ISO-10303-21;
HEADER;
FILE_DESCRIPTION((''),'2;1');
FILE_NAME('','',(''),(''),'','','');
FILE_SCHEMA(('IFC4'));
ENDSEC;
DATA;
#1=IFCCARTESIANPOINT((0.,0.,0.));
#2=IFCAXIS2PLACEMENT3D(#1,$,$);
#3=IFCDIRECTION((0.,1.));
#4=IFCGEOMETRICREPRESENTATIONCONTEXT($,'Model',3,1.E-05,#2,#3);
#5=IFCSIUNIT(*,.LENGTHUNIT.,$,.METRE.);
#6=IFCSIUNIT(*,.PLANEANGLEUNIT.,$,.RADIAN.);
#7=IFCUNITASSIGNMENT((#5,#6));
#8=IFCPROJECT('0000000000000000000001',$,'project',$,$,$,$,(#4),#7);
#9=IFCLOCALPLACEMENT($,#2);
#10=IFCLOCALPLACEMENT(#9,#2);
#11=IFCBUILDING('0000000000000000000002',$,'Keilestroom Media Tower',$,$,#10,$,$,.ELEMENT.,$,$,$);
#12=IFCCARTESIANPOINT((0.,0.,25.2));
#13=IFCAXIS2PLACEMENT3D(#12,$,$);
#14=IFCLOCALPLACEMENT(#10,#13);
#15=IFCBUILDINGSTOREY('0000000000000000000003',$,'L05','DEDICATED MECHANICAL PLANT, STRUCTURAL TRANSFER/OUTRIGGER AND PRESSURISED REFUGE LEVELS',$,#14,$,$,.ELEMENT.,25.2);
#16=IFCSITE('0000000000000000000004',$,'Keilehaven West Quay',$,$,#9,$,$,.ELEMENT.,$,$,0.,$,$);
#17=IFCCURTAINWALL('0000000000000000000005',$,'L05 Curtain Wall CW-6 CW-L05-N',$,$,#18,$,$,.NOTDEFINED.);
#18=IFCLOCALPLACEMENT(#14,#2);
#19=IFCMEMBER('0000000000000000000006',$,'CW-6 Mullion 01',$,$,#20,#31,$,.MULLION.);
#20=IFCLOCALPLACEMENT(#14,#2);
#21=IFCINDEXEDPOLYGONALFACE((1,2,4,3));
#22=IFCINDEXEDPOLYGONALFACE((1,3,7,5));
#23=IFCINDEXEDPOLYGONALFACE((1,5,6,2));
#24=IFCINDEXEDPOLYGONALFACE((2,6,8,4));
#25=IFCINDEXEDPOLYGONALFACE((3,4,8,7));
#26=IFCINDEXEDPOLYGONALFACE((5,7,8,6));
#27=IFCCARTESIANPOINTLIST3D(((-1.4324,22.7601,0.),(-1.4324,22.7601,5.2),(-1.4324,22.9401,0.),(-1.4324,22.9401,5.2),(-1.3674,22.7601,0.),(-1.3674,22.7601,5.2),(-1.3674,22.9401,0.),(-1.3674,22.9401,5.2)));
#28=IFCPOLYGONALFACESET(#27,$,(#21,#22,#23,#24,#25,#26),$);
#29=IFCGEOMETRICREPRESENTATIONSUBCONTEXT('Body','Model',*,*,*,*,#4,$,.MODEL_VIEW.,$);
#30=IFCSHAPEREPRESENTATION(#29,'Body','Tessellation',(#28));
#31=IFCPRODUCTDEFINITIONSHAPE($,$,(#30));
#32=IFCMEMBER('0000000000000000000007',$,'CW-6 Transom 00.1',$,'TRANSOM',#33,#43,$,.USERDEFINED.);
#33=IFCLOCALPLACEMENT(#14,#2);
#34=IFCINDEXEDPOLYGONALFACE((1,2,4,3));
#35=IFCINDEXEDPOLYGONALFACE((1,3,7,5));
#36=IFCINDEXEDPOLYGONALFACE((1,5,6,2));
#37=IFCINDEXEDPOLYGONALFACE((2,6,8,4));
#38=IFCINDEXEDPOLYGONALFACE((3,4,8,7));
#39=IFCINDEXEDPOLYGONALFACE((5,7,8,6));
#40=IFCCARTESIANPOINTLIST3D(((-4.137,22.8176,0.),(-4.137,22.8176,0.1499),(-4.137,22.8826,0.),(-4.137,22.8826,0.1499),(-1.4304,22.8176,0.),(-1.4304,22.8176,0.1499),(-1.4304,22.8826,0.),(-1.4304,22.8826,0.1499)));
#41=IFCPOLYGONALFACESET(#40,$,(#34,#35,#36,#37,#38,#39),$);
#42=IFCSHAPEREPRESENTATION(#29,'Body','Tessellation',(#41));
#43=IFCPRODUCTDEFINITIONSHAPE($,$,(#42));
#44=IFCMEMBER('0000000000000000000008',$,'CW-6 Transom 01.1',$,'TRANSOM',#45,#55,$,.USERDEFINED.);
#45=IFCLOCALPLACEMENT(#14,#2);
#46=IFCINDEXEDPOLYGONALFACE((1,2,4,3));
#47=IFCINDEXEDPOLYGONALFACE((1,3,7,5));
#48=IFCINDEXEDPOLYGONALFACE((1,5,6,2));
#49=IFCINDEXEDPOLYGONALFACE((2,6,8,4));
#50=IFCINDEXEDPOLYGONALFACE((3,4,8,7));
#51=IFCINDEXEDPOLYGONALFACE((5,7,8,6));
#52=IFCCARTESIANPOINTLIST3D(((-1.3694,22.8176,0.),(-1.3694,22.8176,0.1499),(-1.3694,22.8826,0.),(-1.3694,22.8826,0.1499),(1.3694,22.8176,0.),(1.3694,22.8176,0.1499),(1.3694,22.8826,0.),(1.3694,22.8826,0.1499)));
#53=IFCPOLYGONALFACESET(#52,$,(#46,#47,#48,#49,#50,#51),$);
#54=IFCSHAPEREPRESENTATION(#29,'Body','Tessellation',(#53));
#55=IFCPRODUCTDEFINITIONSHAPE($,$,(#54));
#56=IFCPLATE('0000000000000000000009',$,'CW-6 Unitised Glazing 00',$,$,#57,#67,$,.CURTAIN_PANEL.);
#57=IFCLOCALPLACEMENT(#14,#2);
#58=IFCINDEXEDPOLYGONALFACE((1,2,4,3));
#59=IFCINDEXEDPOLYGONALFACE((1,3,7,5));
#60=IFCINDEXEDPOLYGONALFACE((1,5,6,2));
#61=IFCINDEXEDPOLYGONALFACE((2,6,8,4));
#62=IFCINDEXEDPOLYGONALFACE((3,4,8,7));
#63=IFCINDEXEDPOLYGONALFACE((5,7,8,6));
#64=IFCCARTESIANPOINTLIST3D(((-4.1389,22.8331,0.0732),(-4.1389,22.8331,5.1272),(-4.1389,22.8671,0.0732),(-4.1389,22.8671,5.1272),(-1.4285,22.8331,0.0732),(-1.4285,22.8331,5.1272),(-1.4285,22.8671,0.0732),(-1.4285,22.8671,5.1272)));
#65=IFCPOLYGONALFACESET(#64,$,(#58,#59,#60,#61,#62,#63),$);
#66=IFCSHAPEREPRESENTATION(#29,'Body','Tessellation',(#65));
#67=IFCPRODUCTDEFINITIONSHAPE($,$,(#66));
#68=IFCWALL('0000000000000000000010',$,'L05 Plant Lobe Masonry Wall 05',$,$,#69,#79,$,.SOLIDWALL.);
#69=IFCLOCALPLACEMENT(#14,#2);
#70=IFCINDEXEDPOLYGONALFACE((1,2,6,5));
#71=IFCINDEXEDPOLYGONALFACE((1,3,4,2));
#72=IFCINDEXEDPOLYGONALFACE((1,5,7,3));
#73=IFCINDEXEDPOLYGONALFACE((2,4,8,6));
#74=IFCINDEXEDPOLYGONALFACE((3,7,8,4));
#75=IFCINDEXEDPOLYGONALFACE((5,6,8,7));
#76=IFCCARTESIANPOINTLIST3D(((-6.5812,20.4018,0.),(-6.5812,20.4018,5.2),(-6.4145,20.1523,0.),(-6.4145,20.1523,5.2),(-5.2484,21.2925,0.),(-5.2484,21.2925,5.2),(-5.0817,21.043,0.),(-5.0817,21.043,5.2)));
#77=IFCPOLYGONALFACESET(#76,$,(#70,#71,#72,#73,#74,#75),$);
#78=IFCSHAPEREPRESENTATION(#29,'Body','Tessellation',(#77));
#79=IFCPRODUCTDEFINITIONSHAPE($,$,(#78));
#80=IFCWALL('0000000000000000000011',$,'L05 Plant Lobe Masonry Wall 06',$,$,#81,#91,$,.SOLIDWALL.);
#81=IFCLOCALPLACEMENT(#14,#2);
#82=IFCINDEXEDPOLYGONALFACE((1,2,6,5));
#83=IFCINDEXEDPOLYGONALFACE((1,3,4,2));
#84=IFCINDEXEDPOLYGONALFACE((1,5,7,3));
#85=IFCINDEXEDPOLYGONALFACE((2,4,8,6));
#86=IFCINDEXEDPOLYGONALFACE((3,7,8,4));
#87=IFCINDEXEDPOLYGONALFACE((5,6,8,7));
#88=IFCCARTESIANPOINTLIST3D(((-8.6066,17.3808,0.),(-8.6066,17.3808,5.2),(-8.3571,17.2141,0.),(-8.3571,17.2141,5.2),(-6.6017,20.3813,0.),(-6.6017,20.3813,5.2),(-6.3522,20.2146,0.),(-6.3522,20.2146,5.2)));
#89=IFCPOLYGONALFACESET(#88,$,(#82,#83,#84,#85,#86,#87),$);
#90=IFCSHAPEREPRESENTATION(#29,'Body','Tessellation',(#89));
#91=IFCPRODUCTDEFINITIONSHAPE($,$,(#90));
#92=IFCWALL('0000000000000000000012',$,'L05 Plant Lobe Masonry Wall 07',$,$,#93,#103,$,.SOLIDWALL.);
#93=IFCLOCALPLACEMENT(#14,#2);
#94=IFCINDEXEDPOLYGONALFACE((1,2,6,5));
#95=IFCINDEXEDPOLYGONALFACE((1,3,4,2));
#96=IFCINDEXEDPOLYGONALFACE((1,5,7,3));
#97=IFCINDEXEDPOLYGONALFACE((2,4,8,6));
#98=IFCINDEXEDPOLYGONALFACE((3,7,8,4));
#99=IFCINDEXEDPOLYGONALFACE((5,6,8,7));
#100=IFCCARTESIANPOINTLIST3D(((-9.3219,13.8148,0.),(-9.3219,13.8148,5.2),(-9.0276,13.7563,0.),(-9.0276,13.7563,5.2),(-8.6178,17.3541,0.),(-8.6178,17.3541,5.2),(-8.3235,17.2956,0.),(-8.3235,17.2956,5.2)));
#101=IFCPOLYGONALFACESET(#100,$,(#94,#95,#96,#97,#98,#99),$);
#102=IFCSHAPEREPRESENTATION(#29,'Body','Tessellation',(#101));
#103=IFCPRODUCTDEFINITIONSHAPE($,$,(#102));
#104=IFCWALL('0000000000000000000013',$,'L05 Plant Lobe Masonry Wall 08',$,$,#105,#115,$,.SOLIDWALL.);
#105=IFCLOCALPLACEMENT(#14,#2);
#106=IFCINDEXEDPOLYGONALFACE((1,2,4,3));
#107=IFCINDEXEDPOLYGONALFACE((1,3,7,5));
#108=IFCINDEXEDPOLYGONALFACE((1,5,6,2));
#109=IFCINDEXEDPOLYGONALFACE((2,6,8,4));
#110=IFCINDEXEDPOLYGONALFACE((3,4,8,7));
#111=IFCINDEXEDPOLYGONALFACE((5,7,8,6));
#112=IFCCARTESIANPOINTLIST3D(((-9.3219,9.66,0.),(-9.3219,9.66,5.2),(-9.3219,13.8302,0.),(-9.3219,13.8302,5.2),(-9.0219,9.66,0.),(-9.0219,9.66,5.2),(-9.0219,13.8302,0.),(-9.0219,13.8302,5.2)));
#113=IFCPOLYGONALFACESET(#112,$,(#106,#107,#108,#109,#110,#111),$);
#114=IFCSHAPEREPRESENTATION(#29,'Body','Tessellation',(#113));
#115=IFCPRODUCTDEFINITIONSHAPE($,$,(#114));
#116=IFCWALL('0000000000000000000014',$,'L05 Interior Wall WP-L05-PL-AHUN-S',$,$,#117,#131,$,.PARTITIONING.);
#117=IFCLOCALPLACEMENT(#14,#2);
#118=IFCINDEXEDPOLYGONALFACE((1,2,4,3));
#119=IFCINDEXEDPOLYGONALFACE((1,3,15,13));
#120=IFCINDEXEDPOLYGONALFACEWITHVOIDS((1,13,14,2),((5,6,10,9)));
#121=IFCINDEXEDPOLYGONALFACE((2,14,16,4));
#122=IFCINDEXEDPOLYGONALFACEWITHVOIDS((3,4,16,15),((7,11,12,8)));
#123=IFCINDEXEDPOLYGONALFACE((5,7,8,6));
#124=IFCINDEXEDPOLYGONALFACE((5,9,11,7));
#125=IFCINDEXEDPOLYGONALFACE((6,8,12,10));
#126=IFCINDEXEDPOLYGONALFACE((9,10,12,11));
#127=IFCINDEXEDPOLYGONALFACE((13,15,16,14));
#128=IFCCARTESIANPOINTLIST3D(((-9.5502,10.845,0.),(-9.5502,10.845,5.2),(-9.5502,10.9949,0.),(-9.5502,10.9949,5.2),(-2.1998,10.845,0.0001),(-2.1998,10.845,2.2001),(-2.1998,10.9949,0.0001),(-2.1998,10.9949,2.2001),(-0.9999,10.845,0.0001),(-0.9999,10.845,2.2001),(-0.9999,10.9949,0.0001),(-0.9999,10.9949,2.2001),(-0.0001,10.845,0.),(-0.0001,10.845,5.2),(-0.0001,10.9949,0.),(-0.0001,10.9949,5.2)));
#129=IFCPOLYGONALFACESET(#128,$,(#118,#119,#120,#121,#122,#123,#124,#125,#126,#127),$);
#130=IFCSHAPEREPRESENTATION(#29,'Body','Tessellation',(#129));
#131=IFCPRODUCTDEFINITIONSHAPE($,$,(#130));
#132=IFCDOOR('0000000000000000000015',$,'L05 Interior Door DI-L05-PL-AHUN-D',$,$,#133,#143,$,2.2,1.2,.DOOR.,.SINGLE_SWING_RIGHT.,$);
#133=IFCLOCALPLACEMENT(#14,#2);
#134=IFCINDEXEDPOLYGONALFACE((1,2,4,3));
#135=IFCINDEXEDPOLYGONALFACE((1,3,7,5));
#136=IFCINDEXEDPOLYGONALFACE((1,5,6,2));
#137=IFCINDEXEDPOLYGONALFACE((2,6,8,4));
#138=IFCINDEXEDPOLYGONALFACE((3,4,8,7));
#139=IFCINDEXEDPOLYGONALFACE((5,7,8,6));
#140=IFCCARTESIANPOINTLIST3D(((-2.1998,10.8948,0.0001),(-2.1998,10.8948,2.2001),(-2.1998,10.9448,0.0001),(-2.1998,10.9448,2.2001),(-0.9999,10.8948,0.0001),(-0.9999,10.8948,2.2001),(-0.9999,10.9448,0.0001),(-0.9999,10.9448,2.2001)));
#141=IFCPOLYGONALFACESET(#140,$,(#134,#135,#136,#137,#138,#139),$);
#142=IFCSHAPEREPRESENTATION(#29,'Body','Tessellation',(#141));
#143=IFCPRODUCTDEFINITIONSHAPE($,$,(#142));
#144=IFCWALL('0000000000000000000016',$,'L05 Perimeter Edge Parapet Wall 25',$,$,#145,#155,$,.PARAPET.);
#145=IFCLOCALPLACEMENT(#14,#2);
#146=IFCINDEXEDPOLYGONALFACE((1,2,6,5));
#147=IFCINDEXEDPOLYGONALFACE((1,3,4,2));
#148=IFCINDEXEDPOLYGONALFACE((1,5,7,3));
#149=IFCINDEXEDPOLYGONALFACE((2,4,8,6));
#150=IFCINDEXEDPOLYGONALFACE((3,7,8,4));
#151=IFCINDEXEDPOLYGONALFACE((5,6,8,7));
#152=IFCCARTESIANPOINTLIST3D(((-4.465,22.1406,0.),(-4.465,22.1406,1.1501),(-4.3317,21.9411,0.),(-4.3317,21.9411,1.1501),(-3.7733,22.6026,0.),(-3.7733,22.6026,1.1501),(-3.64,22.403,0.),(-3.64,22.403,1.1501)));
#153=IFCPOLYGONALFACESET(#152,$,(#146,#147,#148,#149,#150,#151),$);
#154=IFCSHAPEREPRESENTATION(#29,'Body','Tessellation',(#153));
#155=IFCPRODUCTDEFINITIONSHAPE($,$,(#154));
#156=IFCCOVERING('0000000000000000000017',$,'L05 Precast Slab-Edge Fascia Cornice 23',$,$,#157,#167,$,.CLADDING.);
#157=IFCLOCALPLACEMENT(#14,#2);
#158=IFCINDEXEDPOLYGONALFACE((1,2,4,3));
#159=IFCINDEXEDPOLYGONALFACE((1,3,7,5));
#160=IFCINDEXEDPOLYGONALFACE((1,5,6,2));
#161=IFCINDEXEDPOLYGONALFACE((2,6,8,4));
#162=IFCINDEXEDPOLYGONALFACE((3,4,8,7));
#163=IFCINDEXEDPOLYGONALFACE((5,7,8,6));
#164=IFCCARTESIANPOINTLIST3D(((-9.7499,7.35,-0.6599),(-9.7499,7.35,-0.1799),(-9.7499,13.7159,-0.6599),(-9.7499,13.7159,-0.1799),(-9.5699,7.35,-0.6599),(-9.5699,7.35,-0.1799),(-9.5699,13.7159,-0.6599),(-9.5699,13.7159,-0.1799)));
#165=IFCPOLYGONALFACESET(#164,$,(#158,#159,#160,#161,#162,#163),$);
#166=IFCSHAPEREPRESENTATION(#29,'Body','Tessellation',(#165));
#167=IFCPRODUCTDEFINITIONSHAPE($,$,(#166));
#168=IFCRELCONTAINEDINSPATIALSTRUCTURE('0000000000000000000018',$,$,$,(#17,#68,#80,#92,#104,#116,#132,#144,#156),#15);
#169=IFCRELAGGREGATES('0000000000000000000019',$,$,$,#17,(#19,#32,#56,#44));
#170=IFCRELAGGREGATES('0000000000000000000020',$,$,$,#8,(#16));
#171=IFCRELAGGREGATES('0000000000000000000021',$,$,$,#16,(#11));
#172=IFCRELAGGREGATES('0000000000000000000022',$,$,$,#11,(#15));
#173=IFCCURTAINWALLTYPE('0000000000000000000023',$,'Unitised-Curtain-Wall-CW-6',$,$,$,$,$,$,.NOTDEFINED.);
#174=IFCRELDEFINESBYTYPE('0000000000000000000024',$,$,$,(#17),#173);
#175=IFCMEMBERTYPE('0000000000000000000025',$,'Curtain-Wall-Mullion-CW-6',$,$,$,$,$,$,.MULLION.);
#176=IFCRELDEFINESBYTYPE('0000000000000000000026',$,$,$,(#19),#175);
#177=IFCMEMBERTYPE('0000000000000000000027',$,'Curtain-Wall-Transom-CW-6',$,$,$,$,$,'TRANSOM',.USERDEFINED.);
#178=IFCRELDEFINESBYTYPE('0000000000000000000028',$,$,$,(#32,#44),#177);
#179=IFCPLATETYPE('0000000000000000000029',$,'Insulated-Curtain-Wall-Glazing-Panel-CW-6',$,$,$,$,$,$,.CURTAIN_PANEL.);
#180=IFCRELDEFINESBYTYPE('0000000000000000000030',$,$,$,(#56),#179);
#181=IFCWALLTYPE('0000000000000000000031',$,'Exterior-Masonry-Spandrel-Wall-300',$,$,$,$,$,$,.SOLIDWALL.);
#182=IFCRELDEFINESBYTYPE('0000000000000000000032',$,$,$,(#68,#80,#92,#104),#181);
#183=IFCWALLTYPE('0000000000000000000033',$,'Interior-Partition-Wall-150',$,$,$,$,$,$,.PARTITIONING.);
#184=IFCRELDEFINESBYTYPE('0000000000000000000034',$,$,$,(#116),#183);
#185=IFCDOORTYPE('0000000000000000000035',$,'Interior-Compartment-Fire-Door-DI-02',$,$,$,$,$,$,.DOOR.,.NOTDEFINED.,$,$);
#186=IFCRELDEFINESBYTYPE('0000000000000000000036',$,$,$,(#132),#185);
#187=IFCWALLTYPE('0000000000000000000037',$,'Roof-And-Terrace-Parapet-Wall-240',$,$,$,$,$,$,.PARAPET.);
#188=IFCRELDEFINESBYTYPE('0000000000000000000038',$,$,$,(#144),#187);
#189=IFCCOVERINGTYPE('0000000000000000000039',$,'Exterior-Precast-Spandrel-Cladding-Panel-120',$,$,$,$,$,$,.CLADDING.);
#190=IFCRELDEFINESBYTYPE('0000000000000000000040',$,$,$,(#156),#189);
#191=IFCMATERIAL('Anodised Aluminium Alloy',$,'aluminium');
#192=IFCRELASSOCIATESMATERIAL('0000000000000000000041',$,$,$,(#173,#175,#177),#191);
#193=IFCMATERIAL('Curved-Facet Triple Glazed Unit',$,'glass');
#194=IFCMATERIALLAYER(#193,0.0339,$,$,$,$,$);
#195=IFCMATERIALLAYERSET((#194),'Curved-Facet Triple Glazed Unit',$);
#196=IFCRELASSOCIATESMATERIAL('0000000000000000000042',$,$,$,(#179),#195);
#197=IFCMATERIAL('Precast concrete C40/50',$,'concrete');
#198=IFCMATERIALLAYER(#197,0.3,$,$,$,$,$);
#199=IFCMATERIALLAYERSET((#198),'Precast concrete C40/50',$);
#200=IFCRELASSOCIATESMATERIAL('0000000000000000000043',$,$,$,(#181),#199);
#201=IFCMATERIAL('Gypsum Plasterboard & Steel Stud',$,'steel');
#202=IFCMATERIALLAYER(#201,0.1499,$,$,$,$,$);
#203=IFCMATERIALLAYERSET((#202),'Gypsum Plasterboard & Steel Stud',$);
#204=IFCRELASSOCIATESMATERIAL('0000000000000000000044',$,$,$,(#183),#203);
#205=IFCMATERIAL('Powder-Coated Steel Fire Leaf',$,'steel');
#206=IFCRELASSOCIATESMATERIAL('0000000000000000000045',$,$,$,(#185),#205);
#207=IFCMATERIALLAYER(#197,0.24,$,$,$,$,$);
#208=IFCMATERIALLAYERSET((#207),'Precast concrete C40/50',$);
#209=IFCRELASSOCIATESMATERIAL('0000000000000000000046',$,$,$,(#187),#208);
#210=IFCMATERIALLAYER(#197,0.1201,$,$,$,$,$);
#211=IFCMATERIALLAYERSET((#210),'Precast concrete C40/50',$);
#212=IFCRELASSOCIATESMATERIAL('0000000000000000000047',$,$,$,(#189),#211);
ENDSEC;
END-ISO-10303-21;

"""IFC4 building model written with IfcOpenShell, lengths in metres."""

from ifc_helpers import new_model, si_unit, direction, frame, frame_2d, origin, origin_2d, place, context, subcontext, project, spatial, rectangle, extrude, source, transform, mapped, material, layer, layer_set, material_profile, profile_set, type_object, element, fill, aggregate, save


model = new_model("IFC4")

# Units and contexts
model_context = context("Model", 3, precision=1e-05, world=origin(), true_north=direction((0.0, 1.0)))
body_context = subcontext(model_context, "Body", "Model", "MODEL_VIEW")
ifc_project = project(units=[si_unit("LENGTHUNIT", "METRE"), si_unit("PLANEANGLEUNIT", "RADIAN")], contexts=[model_context])

# Site, building, storey
site_placement = place(None, origin())
site = spatial("IfcSite", under=ifc_project, at=site_placement, Name="Keilehaven West Quay", CompositionType="ELEMENT", RefElevation=0.0)
building_placement = place(site_placement, origin())
building = spatial("IfcBuilding", under=site, at=building_placement, Name="Keilestroom Media Tower", CompositionType="ELEMENT")
storey_placement = place(building_placement, frame((0.0, 0.0, 25.2)))
storey = spatial("IfcBuildingStorey", under=building, at=storey_placement, Name="L05", Description="DEDICATED MECHANICAL PLANT, STRUCTURAL TRANSFER/OUTRIGGER AND PRESSURISED REFUGE LEVELS", CompositionType="ELEMENT", Elevation=25.2)

# Shared definitions
ifc_material_1 = material(Name="Precast concrete C40/50", Category="concrete")

# Curtain wall, members, plate
ifc_material_2 = material(Name="Anodised Aluminium Alloy", Category="aluminium")
curtain_wall_type = type_object("IfcCurtainWallType", Name="Unitised-Curtain-Wall-CW-6", PredefinedType="NOTDEFINED", material=ifc_material_2)
curtain_wall_placement = place(storey_placement, origin())
curtain_wall = element("IfcCurtainWall", 1, at=curtain_wall_placement, inside=storey, type_object=curtain_wall_type, Name="L05 Curtain Wall CW-6 CW-L05-N", PredefinedType="NOTDEFINED")
ifc_material_profile_1 = material_profile(ifc_material_2, rectangle(XDim=0.0649, YDim=0.1799, at=origin_2d()), Name="ALU MULLION 65x180")
ifc_profile_set_1 = profile_set([ifc_material_profile_1], Name="Anodised Aluminium Alloy")
member_type_1 = type_object("IfcMemberType", Name="Curtain-Wall-Mullion-CW-6", PredefinedType="MULLION", material=ifc_profile_set_1)
shared_shape_1 = source(origin(), body_context, "Body", "SweptSolid", [
    extrude(rectangle(XDim=0.0649, YDim=0.1799, at=origin_2d()), origin(), (0.0, 0.0, 1.0), 5.2),
])
member_1_placement = place(storey_placement, frame((-1.3999, 22.8501, 0.0), z_axis=(0.0, 0.0, 1.0), x_axis=(1.0, 0.0, 0.0)))
member_1 = element("IfcMember", 2, at=member_1_placement, type_object=member_type_1, Name="CW-6 Mullion 01", PredefinedType="MULLION", context=body_context, shape_type="MappedRepresentation", body=[
    mapped(shared_shape_1, transform((0.0, 0.0, 0.0), x_axis=(1.0, 0.0, 0.0), y_axis=(0.0, 1.0, 0.0), z_axis=(0.0, 0.0, 1.0), scale=1.0)),
])
ifc_material_profile_2 = material_profile(ifc_material_2, rectangle(XDim=0.0649, YDim=0.1499, at=origin_2d()), Name="ALU TRANSOM 65x150")
ifc_profile_set_2 = profile_set([ifc_material_profile_2], Name="Anodised Aluminium Alloy")
member_type_2 = type_object("IfcMemberType", Name="Curtain-Wall-Transom-CW-6", ElementType="TRANSOM", PredefinedType="USERDEFINED", material=ifc_profile_set_2)
shared_shape_2 = source(origin(), body_context, "Body", "SweptSolid", [
    extrude(rectangle(XDim=0.0649, YDim=0.1499, at=origin_2d()), origin(), (0.0, 0.0, 1.0), 2.7065),
])
member_2_placement = place(storey_placement, frame((-4.137, 22.8501, 0.075), z_axis=(1.0, 0.0, 0.0), x_axis=(0.0, 1.0, 0.0)))
member_2 = element("IfcMember", 3, at=member_2_placement, type_object=member_type_2, Name="CW-6 Transom 00.1", ObjectType="TRANSOM", PredefinedType="USERDEFINED", context=body_context, shape_type="MappedRepresentation", body=[
    mapped(shared_shape_2, transform((0.0, 0.0, 0.0), x_axis=(1.0, 0.0, 0.0), y_axis=(0.0, 1.0, 0.0), z_axis=(0.0, 0.0, 1.0), scale=1.0)),
])
shared_shape_3 = source(origin(), body_context, "Body", "SweptSolid", [
    extrude(rectangle(XDim=0.0649, YDim=0.1499, at=origin_2d()), origin(), (0.0, 0.0, 1.0), 2.7388),
])
member_3_placement = place(storey_placement, frame((-1.3694, 22.8501, 0.075), z_axis=(1.0, 0.0, 0.0), x_axis=(0.0, 1.0, 0.0)))
member_3 = element("IfcMember", 4, at=member_3_placement, type_object=member_type_2, Name="CW-6 Transom 01.1", ObjectType="TRANSOM", PredefinedType="USERDEFINED", context=body_context, shape_type="MappedRepresentation", body=[
    mapped(shared_shape_3, transform((0.0, 0.0, 0.0), x_axis=(1.0, 0.0, 0.0), y_axis=(0.0, 1.0, 0.0), z_axis=(0.0, 0.0, 1.0), scale=1.0)),
])
ifc_material_3 = material(Name="Curved-Facet Triple Glazed Unit", Category="glass")
ifc_layer_1 = layer(ifc_material_3, 0.0339)
ifc_layer_set_1 = layer_set([ifc_layer_1], Name="Curved-Facet Triple Glazed Unit")
plate_type = type_object("IfcPlateType", Name="Insulated-Curtain-Wall-Glazing-Panel-CW-6", PredefinedType="CURTAIN_PANEL", material=ifc_layer_set_1)
shared_shape_4 = source(origin(), body_context, "Body", "SweptSolid", [
    extrude(rectangle(XDim=2.7104, YDim=0.0339, at=origin_2d()), origin(), (0.0, 0.0, 1.0), 5.054),
])
plate_placement = place(storey_placement, frame((-2.7837, 22.8501, 0.0732), z_axis=(0.0, 0.0, 1.0), x_axis=(1.0, 0.0, 0.0)))
plate = element("IfcPlate", 5, at=plate_placement, type_object=plate_type, Name="CW-6 Unitised Glazing 00", PredefinedType="CURTAIN_PANEL", context=body_context, shape_type="MappedRepresentation", body=[
    mapped(shared_shape_4, transform((0.0, 0.0, 0.0), x_axis=(1.0, 0.0, 0.0), y_axis=(0.0, 1.0, 0.0), z_axis=(0.0, 0.0, 1.0), scale=1.0)),
])
aggregate(curtain_wall, [member_1, member_2, plate, member_3])

# Walls
ifc_layer_2 = layer(ifc_material_1, 0.3)
ifc_layer_set_2 = layer_set([ifc_layer_2], Name="Precast concrete C40/50")
wall_type_1 = type_object("IfcWallType", Name="Exterior-Masonry-Spandrel-Wall-300", PredefinedType="SOLIDWALL", material=ifc_layer_set_2)
wall_1_placement = place(storey_placement, frame((-5.165, 21.1677, 0.0), z_axis=(0.0, 0.0, 1.0), x_axis=(-0.831441, -0.555614, 0.0)))
element("IfcWall", 6, at=wall_1_placement, inside=storey, type_object=wall_type_1, Name="L05 Plant Lobe Masonry Wall 05", PredefinedType="SOLIDWALL", context=body_context, shape_type="SweptSolid", body=[
    extrude(rectangle(XDim=1.603, YDim=0.3, at=frame_2d((0.8015, 0.0))), origin(), (0.0, 0.0, 1.0), 5.2),
])
for number, where, z_axis, x_axis, name in (
    (7, (-6.4771, 20.2979, 0.0), (0.0, 0.0, 1.0), (-0.555574, -0.831467, 0.0), "L05 Plant Lobe Masonry Wall 06"),
    (8, (-8.4707, 17.3247, 0.0), (0.0, 0.0, 1.0), (-0.195114, -0.980781, 0.0), "L05 Plant Lobe Masonry Wall 07"),
):
    element("IfcWall", number, at=place(storey_placement, frame(where, z_axis=z_axis, x_axis=x_axis)), inside=storey, type_object=wall_type_1, Name=name, PredefinedType="SOLIDWALL", context=body_context, shape_type="SweptSolid", body=[
        extrude(rectangle(XDim=3.6086, YDim=0.3, at=frame_2d((1.8042, 0.0))), origin(), (0.0, 0.0, 1.0), 5.2),
    ])
wall_2_placement = place(storey_placement, frame((-9.1719, 13.8301, 0.0), z_axis=(0.0, 0.0, 1.0), x_axis=(0.0, -1.0, 0.0)))
element("IfcWall", 9, at=wall_2_placement, inside=storey, type_object=wall_type_1, Name="L05 Plant Lobe Masonry Wall 08", PredefinedType="SOLIDWALL", context=body_context, shape_type="SweptSolid", body=[
    extrude(rectangle(XDim=4.1702, YDim=0.3, at=frame_2d((2.085, 0.0))), origin(), (0.0, 0.0, 1.0), 5.2),
])

# Wall, opening, door
ifc_material_4 = material(Name="Gypsum Plasterboard & Steel Stud", Category="steel")
ifc_layer_3 = layer(ifc_material_4, 0.1499)
ifc_layer_set_3 = layer_set([ifc_layer_3], Name="Gypsum Plasterboard & Steel Stud")
wall_type_2 = type_object("IfcWallType", Name="Interior-Partition-Wall-150", PredefinedType="PARTITIONING", material=ifc_layer_set_3)
wall_3_placement = place(storey_placement, frame((-9.55, 10.9199, 0.0), z_axis=(0.0, 0.0, 1.0), x_axis=(1.0, 0.0, 0.0)))
wall_3 = element("IfcWall", 10, at=wall_3_placement, inside=storey, type_object=wall_type_2, Name="L05 Interior Wall WP-L05-PL-AHUN-S", PredefinedType="PARTITIONING", context=body_context, shape_type="SweptSolid", body=[
    extrude(rectangle(XDim=9.55, YDim=0.1499, at=frame_2d((4.7749, 0.0))), origin(), (0.0, 0.0, 1.0), 5.2),
])
opening_placement = place(wall_3_placement, frame((7.3501, 0.0, 0.0)))
opening = element("IfcOpeningElement", 11, at=opening_placement, cuts=wall_3, PredefinedType="OPENING", context=body_context, shape_type="SweptSolid", body=[
    extrude(rectangle(XDim=1.2, YDim=2.2, at=frame_2d((0.6001, 1.1001))), frame((0.0, 0.085, 0.0), z_axis=(0.0, -1.0, 0.0), x_axis=(1.0, 0.0, 0.0)), (0.0, 0.0, 1.0), 0.1699),
])
ifc_material_5 = material(Name="Powder-Coated Steel Fire Leaf", Category="steel")
door_type = type_object("IfcDoorType", Name="Interior-Compartment-Fire-Door-DI-02", OperationType="NOTDEFINED", PredefinedType="DOOR", material=ifc_material_5)
shared_shape_5 = source(origin(), body_context, "Body", "SweptSolid", [
    extrude(rectangle(XDim=1.2, YDim=2.2, at=frame_2d((0.6001, 1.1001))), frame((0.0, 0.0249, 0.0), z_axis=(0.0, -1.0, 0.0), x_axis=(1.0, 0.0, 0.0)), (0.0, 0.0, 1.0), 0.05),
])
door_placement = place(opening_placement, origin())
door = element("IfcDoor", 12, at=door_placement, inside=storey, type_object=door_type, Name="L05 Interior Door DI-L05-PL-AHUN-D", OperationType="SINGLE_SWING_RIGHT", OverallHeight=2.2, OverallWidth=1.2, PredefinedType="DOOR", context=body_context, shape_type="MappedRepresentation", body=[
    mapped(shared_shape_5, transform((0.0, 0.0, 0.0), x_axis=(1.0, 0.0, 0.0), y_axis=(0.0, 1.0, 0.0), z_axis=(0.0, 0.0, 1.0), scale=1.0)),
])
fill(opening, door)

# Wall
ifc_layer_4 = layer(ifc_material_1, 0.24)
ifc_layer_set_4 = layer_set([ifc_layer_4], Name="Precast concrete C40/50")
wall_type_3 = type_object("IfcWallType", Name="Roof-And-Terrace-Parapet-Wall-240", PredefinedType="PARAPET", material=ifc_layer_set_4)
wall_4_placement = place(storey_placement, frame((-4.3984, 22.0408, 0.0), z_axis=(0.0, 0.0, 1.0), x_axis=(0.831598, 0.555377, 0.0)))
element("IfcWall", 13, at=wall_4_placement, inside=storey, type_object=wall_type_3, Name="L05 Perimeter Edge Parapet Wall 25", PredefinedType="PARAPET", context=body_context, shape_type="SweptSolid", body=[
    extrude(rectangle(XDim=0.8318, YDim=0.24, at=frame_2d((0.416, 0.0))), origin(), (0.0, 0.0, 1.0), 1.1501),
])

# Covering
ifc_layer_5 = layer(ifc_material_1, 0.1201)
ifc_layer_set_5 = layer_set([ifc_layer_5], Name="Precast concrete C40/50")
covering_type = type_object("IfcCoveringType", Name="Exterior-Precast-Spandrel-Cladding-Panel-120", PredefinedType="CLADDING", material=ifc_layer_set_5)
shared_shape_6 = source(origin(), body_context, "Body", "SweptSolid", [
    extrude(rectangle(XDim=6.366, YDim=0.1799, at=origin_2d()), origin(), (0.0, 0.0, 1.0), 0.48),
])
covering_1_placement = place(storey_placement, frame((-9.6599, 10.533, -0.6599), z_axis=(0.0, 0.0, 1.0), x_axis=(0.0, 1.0, 0.0)))
element("IfcCovering", 14, at=covering_1_placement, inside=storey, type_object=covering_type, Name="L05 Precast Slab-Edge Fascia Cornice 23", PredefinedType="CLADDING", context=body_context, shape_type="MappedRepresentation", body=[
    mapped(shared_shape_6, transform((0.0, 0.0, 0.0), x_axis=(1.0, 0.0, 0.0), y_axis=(0.0, 1.0, 0.0), z_axis=(0.0, 0.0, 1.0), scale=1.0)),
])

save(model, "model.ifc")
